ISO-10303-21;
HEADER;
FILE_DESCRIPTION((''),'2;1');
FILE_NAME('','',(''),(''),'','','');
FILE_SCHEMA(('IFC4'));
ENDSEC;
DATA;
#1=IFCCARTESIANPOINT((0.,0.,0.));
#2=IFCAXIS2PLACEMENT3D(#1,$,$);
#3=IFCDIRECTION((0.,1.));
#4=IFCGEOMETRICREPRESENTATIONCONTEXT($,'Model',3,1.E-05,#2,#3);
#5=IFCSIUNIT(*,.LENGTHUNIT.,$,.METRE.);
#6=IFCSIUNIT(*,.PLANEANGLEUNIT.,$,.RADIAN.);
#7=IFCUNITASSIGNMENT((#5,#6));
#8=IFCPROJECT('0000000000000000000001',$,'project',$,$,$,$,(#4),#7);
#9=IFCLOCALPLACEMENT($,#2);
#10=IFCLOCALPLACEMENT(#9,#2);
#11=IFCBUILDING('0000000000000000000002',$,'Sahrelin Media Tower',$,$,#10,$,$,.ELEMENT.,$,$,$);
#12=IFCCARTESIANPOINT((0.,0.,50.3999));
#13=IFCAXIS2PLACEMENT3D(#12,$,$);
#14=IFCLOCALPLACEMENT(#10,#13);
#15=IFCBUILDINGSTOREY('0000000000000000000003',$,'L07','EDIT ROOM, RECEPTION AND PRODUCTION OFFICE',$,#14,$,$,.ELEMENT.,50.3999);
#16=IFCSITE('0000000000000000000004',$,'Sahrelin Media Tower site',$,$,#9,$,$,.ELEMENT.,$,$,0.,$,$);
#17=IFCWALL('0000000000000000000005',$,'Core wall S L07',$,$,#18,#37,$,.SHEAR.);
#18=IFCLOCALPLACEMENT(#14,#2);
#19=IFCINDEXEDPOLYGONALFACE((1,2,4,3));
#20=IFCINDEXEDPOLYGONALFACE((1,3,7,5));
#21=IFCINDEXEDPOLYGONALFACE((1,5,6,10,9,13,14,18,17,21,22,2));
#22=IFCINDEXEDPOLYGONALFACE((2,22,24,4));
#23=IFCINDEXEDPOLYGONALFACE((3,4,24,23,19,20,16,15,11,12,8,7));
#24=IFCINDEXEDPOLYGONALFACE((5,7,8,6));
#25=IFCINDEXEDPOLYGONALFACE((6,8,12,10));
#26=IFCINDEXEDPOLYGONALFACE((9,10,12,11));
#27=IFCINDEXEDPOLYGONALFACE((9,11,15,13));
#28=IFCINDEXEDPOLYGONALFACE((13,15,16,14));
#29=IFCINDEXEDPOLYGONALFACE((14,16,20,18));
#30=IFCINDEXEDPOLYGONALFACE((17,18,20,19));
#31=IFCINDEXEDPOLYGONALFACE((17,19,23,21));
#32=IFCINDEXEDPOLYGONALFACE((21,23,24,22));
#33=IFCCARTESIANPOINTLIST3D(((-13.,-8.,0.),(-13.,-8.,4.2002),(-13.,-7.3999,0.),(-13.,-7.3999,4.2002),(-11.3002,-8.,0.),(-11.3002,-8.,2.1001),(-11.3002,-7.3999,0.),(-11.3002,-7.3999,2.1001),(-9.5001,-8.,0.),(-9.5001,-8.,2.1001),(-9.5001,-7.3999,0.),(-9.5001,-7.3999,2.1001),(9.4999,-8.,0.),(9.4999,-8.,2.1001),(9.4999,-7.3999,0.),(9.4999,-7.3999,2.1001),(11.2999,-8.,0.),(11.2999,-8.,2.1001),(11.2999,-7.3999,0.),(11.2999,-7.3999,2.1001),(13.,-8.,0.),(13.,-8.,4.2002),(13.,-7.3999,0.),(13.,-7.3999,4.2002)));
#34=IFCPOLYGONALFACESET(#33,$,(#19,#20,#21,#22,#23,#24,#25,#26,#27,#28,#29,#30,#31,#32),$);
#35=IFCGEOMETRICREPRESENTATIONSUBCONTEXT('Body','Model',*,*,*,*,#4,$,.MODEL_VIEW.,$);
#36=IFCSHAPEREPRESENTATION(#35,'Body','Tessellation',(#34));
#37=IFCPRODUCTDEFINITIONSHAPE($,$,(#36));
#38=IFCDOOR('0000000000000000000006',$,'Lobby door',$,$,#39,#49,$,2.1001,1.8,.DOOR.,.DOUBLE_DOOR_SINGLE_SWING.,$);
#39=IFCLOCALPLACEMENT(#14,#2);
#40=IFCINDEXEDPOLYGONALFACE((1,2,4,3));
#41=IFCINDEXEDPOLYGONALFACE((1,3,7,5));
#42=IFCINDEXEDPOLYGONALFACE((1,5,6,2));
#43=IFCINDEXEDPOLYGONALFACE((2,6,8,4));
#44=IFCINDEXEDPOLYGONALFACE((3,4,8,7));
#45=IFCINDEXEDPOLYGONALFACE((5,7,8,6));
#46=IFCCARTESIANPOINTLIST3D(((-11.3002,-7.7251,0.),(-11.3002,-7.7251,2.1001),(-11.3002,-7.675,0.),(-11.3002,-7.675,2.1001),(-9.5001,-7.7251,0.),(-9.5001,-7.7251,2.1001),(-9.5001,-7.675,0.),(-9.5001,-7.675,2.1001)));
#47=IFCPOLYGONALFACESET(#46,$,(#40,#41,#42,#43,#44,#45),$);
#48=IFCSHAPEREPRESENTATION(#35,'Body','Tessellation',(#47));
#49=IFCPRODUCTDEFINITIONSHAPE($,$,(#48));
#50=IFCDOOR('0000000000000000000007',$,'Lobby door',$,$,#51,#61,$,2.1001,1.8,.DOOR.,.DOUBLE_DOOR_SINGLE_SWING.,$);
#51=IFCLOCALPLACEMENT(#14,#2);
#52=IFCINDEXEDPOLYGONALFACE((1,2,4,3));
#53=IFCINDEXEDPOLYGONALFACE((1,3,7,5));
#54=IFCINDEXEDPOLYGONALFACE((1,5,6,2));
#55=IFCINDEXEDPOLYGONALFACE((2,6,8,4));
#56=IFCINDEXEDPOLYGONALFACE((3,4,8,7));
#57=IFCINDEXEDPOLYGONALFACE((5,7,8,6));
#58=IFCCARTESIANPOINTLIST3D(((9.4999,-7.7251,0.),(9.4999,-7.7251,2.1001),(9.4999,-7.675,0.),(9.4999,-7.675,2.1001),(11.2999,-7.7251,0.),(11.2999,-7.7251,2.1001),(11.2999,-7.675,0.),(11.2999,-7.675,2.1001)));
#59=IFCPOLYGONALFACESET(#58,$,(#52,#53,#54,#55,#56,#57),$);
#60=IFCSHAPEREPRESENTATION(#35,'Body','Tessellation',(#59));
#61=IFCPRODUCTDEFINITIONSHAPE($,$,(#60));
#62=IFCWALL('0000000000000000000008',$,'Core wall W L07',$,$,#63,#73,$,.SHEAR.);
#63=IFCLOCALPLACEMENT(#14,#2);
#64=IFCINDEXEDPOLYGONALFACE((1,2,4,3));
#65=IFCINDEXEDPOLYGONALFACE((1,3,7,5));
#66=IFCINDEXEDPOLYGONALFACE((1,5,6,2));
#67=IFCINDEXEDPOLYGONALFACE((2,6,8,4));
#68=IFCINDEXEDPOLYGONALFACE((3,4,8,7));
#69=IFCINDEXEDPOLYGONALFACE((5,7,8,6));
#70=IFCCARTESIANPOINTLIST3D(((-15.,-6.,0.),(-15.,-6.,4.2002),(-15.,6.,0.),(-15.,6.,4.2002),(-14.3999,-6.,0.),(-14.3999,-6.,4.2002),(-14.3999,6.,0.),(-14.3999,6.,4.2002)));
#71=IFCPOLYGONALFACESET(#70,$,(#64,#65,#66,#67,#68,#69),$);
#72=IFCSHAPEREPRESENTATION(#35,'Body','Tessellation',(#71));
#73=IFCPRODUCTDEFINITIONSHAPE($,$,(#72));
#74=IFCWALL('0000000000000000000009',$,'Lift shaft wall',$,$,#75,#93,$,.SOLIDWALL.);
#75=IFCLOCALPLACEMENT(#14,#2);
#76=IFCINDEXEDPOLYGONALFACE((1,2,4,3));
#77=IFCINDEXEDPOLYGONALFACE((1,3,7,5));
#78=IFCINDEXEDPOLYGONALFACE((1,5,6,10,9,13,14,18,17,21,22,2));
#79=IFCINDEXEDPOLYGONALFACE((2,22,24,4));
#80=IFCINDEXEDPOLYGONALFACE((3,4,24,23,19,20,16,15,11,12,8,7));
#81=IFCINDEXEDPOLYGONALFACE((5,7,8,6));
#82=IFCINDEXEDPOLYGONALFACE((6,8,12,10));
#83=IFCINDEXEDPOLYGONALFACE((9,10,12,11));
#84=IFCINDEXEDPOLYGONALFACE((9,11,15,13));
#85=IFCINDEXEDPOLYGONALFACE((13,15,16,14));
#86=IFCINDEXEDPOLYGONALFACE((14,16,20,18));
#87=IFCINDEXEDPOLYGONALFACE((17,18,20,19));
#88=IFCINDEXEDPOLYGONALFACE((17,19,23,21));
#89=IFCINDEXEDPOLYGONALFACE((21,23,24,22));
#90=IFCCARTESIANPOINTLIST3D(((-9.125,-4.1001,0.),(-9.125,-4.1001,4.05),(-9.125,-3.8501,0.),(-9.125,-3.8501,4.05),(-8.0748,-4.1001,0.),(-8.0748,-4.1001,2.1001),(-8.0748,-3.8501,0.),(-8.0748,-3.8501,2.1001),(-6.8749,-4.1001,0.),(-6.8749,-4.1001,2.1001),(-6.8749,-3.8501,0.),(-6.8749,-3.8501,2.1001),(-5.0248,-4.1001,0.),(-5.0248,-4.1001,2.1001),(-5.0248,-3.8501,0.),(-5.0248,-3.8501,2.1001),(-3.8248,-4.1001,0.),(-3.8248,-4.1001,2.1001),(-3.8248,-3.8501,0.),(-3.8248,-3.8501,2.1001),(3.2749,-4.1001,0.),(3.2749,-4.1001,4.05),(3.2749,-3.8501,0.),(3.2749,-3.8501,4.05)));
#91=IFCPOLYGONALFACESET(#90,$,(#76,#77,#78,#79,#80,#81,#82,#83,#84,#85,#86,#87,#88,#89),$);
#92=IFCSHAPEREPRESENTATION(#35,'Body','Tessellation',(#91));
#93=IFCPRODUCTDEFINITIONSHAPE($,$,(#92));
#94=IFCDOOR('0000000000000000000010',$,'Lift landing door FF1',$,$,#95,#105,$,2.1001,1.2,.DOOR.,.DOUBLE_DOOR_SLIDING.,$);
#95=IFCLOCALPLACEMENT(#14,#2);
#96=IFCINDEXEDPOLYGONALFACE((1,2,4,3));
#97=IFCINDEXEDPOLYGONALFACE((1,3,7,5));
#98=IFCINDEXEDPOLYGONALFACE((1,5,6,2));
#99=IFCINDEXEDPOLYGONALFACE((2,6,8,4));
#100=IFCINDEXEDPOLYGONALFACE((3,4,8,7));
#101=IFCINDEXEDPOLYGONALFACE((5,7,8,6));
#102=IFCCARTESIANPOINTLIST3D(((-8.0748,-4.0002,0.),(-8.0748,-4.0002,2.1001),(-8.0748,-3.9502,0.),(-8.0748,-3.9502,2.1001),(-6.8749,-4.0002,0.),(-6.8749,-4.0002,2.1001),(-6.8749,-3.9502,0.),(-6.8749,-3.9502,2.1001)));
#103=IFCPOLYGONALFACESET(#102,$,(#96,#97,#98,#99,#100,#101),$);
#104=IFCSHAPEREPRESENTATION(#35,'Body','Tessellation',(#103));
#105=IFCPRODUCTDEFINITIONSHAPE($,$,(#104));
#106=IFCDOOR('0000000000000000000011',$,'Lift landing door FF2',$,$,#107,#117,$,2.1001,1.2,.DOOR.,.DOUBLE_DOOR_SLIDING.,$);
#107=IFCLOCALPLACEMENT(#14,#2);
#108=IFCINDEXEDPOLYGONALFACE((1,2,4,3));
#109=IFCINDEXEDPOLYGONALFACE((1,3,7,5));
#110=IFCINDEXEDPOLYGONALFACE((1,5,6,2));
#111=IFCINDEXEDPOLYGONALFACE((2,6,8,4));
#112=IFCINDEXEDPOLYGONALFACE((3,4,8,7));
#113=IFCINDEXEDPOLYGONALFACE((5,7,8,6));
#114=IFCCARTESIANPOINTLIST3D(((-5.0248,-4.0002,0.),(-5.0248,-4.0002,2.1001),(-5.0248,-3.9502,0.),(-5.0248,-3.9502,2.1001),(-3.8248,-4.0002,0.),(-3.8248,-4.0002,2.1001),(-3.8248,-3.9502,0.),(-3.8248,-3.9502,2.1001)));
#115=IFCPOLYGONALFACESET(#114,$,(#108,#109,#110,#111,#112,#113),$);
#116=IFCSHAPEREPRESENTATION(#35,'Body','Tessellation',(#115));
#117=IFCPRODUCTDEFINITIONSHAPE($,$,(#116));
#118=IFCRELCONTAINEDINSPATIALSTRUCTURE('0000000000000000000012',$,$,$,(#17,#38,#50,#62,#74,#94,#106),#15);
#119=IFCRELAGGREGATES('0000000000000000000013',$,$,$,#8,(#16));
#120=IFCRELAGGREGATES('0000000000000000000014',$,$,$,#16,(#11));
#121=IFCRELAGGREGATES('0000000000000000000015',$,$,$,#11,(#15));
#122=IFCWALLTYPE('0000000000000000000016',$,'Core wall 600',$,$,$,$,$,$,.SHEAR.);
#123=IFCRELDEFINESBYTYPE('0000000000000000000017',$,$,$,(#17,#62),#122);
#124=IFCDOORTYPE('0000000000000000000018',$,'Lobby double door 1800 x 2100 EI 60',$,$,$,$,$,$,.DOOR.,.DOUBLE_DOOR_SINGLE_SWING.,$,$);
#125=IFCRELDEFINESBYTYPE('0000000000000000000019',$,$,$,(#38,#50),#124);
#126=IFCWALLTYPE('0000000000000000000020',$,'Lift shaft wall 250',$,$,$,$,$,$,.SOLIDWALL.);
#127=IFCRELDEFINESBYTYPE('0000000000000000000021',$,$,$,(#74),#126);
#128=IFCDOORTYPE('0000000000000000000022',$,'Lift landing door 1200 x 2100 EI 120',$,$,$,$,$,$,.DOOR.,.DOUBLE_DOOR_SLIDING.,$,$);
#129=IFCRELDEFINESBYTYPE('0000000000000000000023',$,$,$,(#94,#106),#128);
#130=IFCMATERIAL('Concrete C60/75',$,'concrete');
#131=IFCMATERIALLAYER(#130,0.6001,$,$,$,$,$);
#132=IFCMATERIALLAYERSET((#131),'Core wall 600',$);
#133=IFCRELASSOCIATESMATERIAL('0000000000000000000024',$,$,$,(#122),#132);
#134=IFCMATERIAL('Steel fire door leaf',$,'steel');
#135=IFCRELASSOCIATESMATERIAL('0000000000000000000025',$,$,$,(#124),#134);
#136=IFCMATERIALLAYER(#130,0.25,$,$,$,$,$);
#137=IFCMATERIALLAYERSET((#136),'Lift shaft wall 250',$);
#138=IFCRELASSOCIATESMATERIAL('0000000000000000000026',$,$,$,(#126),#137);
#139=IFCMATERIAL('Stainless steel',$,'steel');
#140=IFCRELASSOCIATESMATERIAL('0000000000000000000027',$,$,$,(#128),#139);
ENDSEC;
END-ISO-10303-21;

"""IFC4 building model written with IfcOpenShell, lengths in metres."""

from ifc_helpers import new_model, si_unit, direction, frame, frame_2d, origin, place, context, subcontext, project, spatial, rectangle, extrude, material, layer, layer_set, type_object, element, fill, save


model = new_model("IFC4")

# Units and contexts
model_context = context("Model", 3, precision=1e-05, world=origin(), true_north=direction((0.0, 1.0)))
body_context = subcontext(model_context, "Body", "Model", "MODEL_VIEW")
ifc_project = project(units=[si_unit("LENGTHUNIT", "METRE"), si_unit("PLANEANGLEUNIT", "RADIAN")], contexts=[model_context])

# Site, building, storey
site_placement = place(None, origin())
site = spatial("IfcSite", under=ifc_project, at=site_placement, Name="Sahrelin Media Tower site", CompositionType="ELEMENT", RefElevation=0.0)
building_placement = place(site_placement, origin())
building = spatial("IfcBuilding", under=site, at=building_placement, Name="Sahrelin Media Tower", CompositionType="ELEMENT")
storey_placement = place(building_placement, frame((0.0, 0.0, 50.3999)))
storey = spatial("IfcBuildingStorey", under=building, at=storey_placement, Name="L07", Description="EDIT ROOM, RECEPTION AND PRODUCTION OFFICE", CompositionType="ELEMENT", Elevation=50.3999)

# Wall, openings, doors
ifc_material_1 = material(Name="Concrete C60/75", Category="concrete")
ifc_layer_1 = layer(ifc_material_1, 0.6001)
ifc_layer_set_1 = layer_set([ifc_layer_1], Name="Core wall 600")
wall_type_1 = type_object("IfcWallType", Name="Core wall 600", PredefinedType="SHEAR", material=ifc_layer_set_1)
wall_1_placement = place(storey_placement, frame((-13.0, -7.7, 0.0), z_axis=(0.0, 0.0, 1.0), x_axis=(1.0, 0.0, 0.0)))
wall_1 = element("IfcWall", 1, at=wall_1_placement, inside=storey, type_object=wall_type_1, Name="Core wall S L07", PredefinedType="SHEAR", context=body_context, shape_type="SweptSolid", body=[
    extrude(rectangle(XDim=26.0, YDim=0.6001, at=frame_2d((13.0, 0.0))), origin(), (0.0, 0.0, 1.0), 4.2002),
])
opening_1_placement = place(wall_1_placement, frame((1.7, 0.0, 0.0)))
opening_1 = element("IfcOpeningElement", 2, at=opening_1_placement, cuts=wall_1, PredefinedType="OPENING", context=body_context, shape_type="SweptSolid", body=[
    extrude(rectangle(XDim=1.8, YDim=2.1001, at=frame_2d((0.8999, 1.05))), frame((0.0, 0.3, 0.0), z_axis=(0.0, -1.0, 0.0), x_axis=(1.0, 0.0, 0.0)), (0.0, 0.0, 1.0), 0.6001),
])
opening_2_placement = place(wall_1_placement, frame((22.5, 0.0, 0.0)))
opening_2 = element("IfcOpeningElement", 3, at=opening_2_placement, cuts=wall_1, PredefinedType="OPENING", context=body_context, shape_type="SweptSolid", body=[
    extrude(rectangle(XDim=1.8, YDim=2.1001, at=frame_2d((0.8999, 1.05))), frame((0.0, 0.3, 0.0), z_axis=(0.0, -1.0, 0.0), x_axis=(1.0, 0.0, 0.0)), (0.0, 0.0, 1.0), 0.6001),
])
ifc_material_2 = material(Name="Steel fire door leaf", Category="steel")
door_type_1 = type_object("IfcDoorType", Name="Lobby double door 1800 x 2100 EI 60", OperationType="DOUBLE_DOOR_SINGLE_SWING", PredefinedType="DOOR", material=ifc_material_2)
door_1_placement = place(opening_1_placement, origin())
door_1 = element("IfcDoor", 4, at=door_1_placement, inside=storey, type_object=door_type_1, Name="Lobby door", OperationType="DOUBLE_DOOR_SINGLE_SWING", OverallHeight=2.1001, OverallWidth=1.8, PredefinedType="DOOR", context=body_context, shape_type="SweptSolid", body=[
    extrude(rectangle(XDim=1.8, YDim=2.1001, at=frame_2d((0.8999, 1.05))), frame((0.0, 0.0249, 0.0), z_axis=(0.0, -1.0, 0.0), x_axis=(1.0, 0.0, 0.0)), (0.0, 0.0, 1.0), 0.05),
])
fill(opening_1, door_1)
door_2_placement = place(opening_2_placement, origin())
door_2 = element("IfcDoor", 5, at=door_2_placement, inside=storey, type_object=door_type_1, Name="Lobby door", OperationType="DOUBLE_DOOR_SINGLE_SWING", OverallHeight=2.1001, OverallWidth=1.8, PredefinedType="DOOR", context=body_context, shape_type="SweptSolid", body=[
    extrude(rectangle(XDim=1.8, YDim=2.1001, at=frame_2d((0.8999, 1.05))), frame((0.0, 0.0249, 0.0), z_axis=(0.0, -1.0, 0.0), x_axis=(1.0, 0.0, 0.0)), (0.0, 0.0, 1.0), 0.05),
])
fill(opening_2, door_2)

# Wall
wall_2_placement = place(storey_placement, frame((-14.7, -6.0, 0.0), z_axis=(0.0, 0.0, 1.0), x_axis=(0.0, 1.0, 0.0)))
element("IfcWall", 6, at=wall_2_placement, inside=storey, type_object=wall_type_1, Name="Core wall W L07", PredefinedType="SHEAR", context=body_context, shape_type="SweptSolid", body=[
    extrude(rectangle(XDim=12.0, YDim=0.6001, at=frame_2d((6.0, 0.0))), origin(), (0.0, 0.0, 1.0), 4.2002),
])

# Wall, openings, doors
ifc_layer_2 = layer(ifc_material_1, 0.25)
ifc_layer_set_2 = layer_set([ifc_layer_2], Name="Lift shaft wall 250")
wall_type_2 = type_object("IfcWallType", Name="Lift shaft wall 250", PredefinedType="SOLIDWALL", material=ifc_layer_set_2)
wall_3_placement = place(storey_placement, frame((-9.125, -3.9751, 0.0), z_axis=(0.0, 0.0, 1.0), x_axis=(1.0, 0.0, 0.0)))
wall_3 = element("IfcWall", 7, at=wall_3_placement, inside=storey, type_object=wall_type_2, Name="Lift shaft wall", PredefinedType="SOLIDWALL", context=body_context, shape_type="SweptSolid", body=[
    extrude(rectangle(XDim=12.3999, YDim=0.25, at=frame_2d((6.2, 0.0))), origin(), (0.0, 0.0, 1.0), 4.05),
])
opening_3_placement = place(wall_3_placement, frame((1.05, 0.0, 0.0)))
opening_3 = element("IfcOpeningElement", 8, at=opening_3_placement, cuts=wall_3, PredefinedType="OPENING", context=body_context, shape_type="SweptSolid", body=[
    extrude(rectangle(XDim=1.2, YDim=2.1001, at=frame_2d((0.6001, 1.05))), frame((0.0, 0.125, 0.0), z_axis=(0.0, -1.0, 0.0), x_axis=(1.0, 0.0, 0.0)), (0.0, 0.0, 1.0), 0.25),
])
opening_4_placement = place(wall_3_placement, frame((4.1001, 0.0, 0.0)))
opening_4 = element("IfcOpeningElement", 9, at=opening_4_placement, cuts=wall_3, PredefinedType="OPENING", context=body_context, shape_type="SweptSolid", body=[
    extrude(rectangle(XDim=1.2, YDim=2.1001, at=frame_2d((0.6001, 1.05))), frame((0.0, 0.125, 0.0), z_axis=(0.0, -1.0, 0.0), x_axis=(1.0, 0.0, 0.0)), (0.0, 0.0, 1.0), 0.25),
])
ifc_material_3 = material(Name="Stainless steel", Category="steel")
door_type_2 = type_object("IfcDoorType", Name="Lift landing door 1200 x 2100 EI 120", OperationType="DOUBLE_DOOR_SLIDING", PredefinedType="DOOR", material=ifc_material_3)
door_3_placement = place(opening_3_placement, origin())
door_3 = element("IfcDoor", 10, at=door_3_placement, inside=storey, type_object=door_type_2, Name="Lift landing door FF1", OperationType="DOUBLE_DOOR_SLIDING", OverallHeight=2.1001, OverallWidth=1.2, PredefinedType="DOOR", context=body_context, shape_type="SweptSolid", body=[
    extrude(rectangle(XDim=1.2, YDim=2.1001, at=frame_2d((0.6001, 1.05))), frame((0.0, 0.0249, 0.0), z_axis=(0.0, -1.0, 0.0), x_axis=(1.0, 0.0, 0.0)), (0.0, 0.0, 1.0), 0.05),
])
fill(opening_3, door_3)
door_4_placement = place(opening_4_placement, origin())
door_4 = element("IfcDoor", 11, at=door_4_placement, inside=storey, type_object=door_type_2, Name="Lift landing door FF2", OperationType="DOUBLE_DOOR_SLIDING", OverallHeight=2.1001, OverallWidth=1.2, PredefinedType="DOOR", context=body_context, shape_type="SweptSolid", body=[
    extrude(rectangle(XDim=1.2, YDim=2.1001, at=frame_2d((0.6001, 1.05))), frame((0.0, 0.0249, 0.0), z_axis=(0.0, -1.0, 0.0), x_axis=(1.0, 0.0, 0.0)), (0.0, 0.0, 1.0), 0.05),
])
fill(opening_4, door_4)

save(model, "model.ifc")
